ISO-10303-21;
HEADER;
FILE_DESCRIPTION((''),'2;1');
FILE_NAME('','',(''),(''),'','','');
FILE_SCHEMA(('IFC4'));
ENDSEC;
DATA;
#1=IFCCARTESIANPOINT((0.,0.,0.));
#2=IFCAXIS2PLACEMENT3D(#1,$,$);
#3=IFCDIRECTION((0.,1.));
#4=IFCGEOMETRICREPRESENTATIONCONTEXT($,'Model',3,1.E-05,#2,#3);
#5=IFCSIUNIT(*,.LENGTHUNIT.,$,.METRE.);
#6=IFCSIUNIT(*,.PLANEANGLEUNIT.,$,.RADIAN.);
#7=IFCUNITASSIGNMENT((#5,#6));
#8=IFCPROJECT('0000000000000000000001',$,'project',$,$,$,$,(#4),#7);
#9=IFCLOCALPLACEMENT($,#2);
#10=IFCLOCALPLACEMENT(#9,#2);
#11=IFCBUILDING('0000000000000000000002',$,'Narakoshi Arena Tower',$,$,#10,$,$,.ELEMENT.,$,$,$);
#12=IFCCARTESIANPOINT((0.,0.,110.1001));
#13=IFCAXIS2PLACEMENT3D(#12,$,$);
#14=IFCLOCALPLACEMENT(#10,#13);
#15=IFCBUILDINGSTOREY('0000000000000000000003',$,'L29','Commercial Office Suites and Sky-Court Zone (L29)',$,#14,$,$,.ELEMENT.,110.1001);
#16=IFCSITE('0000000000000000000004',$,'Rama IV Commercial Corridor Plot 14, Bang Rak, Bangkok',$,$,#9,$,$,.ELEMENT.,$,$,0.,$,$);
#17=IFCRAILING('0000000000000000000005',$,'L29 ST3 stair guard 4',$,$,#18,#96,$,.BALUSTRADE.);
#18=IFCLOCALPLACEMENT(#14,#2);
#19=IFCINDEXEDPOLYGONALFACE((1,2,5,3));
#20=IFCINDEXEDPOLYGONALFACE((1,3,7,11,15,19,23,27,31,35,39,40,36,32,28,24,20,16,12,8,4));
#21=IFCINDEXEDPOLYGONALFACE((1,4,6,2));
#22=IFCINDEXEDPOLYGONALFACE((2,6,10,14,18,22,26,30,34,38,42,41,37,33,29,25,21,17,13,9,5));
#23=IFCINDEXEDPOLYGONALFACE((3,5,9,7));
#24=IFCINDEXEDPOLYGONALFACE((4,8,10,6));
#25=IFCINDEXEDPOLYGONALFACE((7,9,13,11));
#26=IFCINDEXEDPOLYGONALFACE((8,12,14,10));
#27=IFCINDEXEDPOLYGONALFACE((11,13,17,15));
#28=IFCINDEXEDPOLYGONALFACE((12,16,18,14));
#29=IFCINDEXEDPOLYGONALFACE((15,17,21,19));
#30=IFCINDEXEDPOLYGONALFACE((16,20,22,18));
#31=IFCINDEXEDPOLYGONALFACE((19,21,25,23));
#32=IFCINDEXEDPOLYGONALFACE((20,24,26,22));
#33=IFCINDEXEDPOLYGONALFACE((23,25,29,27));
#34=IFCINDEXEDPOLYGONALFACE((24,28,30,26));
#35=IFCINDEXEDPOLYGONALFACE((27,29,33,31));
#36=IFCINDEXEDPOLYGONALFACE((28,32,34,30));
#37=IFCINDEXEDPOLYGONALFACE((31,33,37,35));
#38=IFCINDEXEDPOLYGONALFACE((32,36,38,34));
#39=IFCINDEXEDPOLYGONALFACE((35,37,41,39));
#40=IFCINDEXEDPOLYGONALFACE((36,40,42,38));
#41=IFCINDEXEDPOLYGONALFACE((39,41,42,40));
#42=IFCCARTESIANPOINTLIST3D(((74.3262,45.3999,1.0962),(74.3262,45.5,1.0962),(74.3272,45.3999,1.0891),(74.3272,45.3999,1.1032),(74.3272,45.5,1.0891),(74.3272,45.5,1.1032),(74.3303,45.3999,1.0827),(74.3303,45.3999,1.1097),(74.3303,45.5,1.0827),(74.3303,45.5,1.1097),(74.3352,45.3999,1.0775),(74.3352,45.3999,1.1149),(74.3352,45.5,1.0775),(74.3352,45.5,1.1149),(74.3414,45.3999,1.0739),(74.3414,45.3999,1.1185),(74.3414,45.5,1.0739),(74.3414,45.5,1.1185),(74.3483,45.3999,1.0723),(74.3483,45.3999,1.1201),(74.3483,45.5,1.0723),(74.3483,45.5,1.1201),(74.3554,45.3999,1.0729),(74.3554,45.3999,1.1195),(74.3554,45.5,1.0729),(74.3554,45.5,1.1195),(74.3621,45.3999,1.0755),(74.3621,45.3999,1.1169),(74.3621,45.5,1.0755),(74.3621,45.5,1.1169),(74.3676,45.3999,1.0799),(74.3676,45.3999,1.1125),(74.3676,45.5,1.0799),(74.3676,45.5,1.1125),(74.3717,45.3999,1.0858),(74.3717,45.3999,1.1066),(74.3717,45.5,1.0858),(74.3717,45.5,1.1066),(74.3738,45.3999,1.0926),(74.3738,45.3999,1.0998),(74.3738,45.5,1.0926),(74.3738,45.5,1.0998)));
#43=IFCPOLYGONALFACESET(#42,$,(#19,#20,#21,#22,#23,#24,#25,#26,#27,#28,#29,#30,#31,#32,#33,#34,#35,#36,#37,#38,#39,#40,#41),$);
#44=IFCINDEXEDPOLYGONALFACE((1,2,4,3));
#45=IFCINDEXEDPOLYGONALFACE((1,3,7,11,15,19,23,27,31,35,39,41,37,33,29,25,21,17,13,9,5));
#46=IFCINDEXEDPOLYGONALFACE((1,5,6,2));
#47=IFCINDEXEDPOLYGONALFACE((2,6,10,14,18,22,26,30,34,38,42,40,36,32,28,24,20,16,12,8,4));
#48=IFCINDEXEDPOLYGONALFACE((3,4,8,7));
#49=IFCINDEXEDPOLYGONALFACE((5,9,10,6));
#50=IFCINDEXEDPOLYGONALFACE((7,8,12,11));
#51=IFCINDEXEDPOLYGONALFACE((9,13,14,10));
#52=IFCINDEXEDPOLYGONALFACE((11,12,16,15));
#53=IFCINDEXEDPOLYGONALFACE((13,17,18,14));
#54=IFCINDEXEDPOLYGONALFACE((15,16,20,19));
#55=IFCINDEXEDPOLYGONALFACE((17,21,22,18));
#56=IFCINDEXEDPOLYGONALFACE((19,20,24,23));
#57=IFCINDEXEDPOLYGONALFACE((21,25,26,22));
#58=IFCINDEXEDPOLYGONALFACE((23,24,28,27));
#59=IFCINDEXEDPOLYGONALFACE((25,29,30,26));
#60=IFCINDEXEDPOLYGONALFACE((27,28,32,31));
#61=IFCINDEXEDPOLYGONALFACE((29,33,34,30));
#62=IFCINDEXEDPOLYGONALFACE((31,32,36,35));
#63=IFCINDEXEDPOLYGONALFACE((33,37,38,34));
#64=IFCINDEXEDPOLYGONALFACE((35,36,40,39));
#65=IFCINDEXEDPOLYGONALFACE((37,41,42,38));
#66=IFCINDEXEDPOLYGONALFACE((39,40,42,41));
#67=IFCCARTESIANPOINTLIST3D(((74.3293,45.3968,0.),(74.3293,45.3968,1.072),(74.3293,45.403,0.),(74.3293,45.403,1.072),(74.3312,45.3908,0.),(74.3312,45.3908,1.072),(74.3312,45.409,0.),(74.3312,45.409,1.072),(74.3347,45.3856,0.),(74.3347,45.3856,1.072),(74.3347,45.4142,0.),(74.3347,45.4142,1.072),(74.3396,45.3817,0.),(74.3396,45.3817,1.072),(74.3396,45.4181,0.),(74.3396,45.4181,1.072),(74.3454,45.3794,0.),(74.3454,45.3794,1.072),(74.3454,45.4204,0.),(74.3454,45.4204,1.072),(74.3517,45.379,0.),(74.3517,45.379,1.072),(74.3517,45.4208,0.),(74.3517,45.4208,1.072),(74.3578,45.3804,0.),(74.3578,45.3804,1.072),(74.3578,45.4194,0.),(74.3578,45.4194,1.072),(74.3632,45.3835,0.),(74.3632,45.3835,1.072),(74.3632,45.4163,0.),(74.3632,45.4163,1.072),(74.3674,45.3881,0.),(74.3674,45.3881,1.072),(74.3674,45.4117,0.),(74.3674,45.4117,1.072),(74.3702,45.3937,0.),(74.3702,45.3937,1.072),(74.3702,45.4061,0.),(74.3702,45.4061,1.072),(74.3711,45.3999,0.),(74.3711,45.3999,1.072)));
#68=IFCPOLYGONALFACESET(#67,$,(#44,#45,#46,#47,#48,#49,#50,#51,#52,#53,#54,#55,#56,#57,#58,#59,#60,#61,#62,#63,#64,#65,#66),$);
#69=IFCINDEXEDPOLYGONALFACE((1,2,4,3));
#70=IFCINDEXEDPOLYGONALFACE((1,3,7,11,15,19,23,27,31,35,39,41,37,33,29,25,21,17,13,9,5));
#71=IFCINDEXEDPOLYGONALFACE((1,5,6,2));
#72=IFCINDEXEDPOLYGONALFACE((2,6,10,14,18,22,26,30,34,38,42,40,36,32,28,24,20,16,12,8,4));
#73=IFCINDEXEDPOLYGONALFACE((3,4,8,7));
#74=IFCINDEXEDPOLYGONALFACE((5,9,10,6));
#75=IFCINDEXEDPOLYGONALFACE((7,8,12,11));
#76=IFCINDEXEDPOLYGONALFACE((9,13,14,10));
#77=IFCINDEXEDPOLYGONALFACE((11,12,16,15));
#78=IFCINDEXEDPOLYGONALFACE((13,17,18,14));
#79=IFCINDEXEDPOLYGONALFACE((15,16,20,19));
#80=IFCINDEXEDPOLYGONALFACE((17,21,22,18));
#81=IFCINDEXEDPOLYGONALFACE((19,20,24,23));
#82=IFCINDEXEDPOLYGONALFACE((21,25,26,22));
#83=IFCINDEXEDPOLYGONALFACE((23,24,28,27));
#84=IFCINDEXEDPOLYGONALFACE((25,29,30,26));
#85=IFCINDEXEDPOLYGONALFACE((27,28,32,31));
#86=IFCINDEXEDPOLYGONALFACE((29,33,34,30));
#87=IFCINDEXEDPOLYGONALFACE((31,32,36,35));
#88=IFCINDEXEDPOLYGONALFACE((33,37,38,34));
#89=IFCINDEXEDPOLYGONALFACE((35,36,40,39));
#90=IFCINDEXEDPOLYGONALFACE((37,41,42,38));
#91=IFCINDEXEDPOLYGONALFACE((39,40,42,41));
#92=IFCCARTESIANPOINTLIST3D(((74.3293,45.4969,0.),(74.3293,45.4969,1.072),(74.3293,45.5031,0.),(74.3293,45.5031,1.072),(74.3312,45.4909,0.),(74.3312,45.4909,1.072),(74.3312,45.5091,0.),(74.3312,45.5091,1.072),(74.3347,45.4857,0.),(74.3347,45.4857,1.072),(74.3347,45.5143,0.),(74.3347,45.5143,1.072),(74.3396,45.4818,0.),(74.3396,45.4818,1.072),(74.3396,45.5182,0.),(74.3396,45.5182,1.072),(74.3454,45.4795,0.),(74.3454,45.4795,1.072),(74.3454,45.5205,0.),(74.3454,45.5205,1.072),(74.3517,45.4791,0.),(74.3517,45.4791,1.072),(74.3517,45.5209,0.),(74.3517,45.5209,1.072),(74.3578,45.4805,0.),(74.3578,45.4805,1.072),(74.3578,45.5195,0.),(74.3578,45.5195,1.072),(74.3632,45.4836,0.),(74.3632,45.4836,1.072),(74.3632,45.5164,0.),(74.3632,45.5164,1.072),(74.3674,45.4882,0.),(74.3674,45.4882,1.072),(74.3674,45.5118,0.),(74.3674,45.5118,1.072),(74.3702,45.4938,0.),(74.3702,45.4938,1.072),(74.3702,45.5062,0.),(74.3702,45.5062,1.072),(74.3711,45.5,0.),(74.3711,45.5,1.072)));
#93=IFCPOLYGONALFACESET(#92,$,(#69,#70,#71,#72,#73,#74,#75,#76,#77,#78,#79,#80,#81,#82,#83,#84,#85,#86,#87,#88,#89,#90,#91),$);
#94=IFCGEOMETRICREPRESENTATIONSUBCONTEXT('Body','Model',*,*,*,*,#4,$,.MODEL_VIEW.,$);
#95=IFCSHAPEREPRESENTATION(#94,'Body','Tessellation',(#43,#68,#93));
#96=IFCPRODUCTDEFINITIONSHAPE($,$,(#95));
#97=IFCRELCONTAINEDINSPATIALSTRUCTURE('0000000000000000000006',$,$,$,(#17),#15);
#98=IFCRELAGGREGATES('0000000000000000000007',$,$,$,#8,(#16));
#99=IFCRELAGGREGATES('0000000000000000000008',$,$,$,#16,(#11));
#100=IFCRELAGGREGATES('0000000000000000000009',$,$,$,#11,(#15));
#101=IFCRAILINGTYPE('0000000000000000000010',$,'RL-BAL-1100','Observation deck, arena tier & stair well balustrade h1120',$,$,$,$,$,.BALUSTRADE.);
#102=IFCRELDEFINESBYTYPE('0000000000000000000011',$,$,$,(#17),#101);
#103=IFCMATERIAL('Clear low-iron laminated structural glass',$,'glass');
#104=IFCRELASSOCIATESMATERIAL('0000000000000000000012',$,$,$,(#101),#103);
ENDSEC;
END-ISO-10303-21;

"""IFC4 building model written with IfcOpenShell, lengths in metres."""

from ifc_helpers import new_model, si_unit, direction, frame, origin, origin_2d, place, context, subcontext, project, spatial, circle, extrude, material, type_object, element, save


model = new_model("IFC4")

# Units and contexts
model_context = context("Model", 3, precision=1e-05, world=origin(), true_north=direction((0.0, 1.0)))
body_context = subcontext(model_context, "Body", "Model", "MODEL_VIEW")
ifc_project = project(units=[si_unit("LENGTHUNIT", "METRE"), si_unit("PLANEANGLEUNIT", "RADIAN")], contexts=[model_context])

# Site, building, storey
site_placement = place(None, origin())
site = spatial("IfcSite", under=ifc_project, at=site_placement, Name="Rama IV Commercial Corridor Plot 14, Bang Rak, Bangkok", CompositionType="ELEMENT", RefElevation=0.0)
building_placement = place(site_placement, origin())
building = spatial("IfcBuilding", under=site, at=building_placement, Name="Narakoshi Arena Tower", CompositionType="ELEMENT")
storey_placement = place(building_placement, frame((0.0, 0.0, 110.1001)))
storey = spatial("IfcBuildingStorey", under=building, at=storey_placement, Name="L29", Description="Commercial Office Suites and Sky-Court Zone (L29)", CompositionType="ELEMENT", Elevation=110.1001)

# Railing
ifc_material_1 = material(Name="Clear low-iron laminated structural glass", Category="glass")
railing_type_1 = type_object("IfcRailingType", Name="RL-BAL-1100", Description="Observation deck, arena tier & stair well balustrade h1120", PredefinedType="BALUSTRADE", material=ifc_material_1)
for number, where, name in (
    (1, (74.3501, 45.3999, 0.0), "L29 ST3 stair guard 4"),
):
    element("IfcRailing", number, at=place(storey_placement, frame(where)), inside=storey, type_object=railing_type_1, Name=name, PredefinedType="BALUSTRADE", context=body_context, shape_type="SweptSolid", body=[
        extrude(circle(Radius=0.0239, at=origin_2d()), frame((0.0, 0.0, 1.0962), z_axis=(0.0, 1.0, 0.0), x_axis=(-1.0, 0.0, 0.0)), (0.0, 0.0, 1.0), 0.1001),
        extrude(circle(Radius=0.021, at=origin_2d()), origin(), (0.0, 0.0, 1.0), 1.072),
        extrude(circle(Radius=0.021, at=origin_2d()), frame((0.0, 0.1001, 0.0)), (0.0, 0.0, 1.0), 1.072),
    ])

save(model, "model.ifc")
